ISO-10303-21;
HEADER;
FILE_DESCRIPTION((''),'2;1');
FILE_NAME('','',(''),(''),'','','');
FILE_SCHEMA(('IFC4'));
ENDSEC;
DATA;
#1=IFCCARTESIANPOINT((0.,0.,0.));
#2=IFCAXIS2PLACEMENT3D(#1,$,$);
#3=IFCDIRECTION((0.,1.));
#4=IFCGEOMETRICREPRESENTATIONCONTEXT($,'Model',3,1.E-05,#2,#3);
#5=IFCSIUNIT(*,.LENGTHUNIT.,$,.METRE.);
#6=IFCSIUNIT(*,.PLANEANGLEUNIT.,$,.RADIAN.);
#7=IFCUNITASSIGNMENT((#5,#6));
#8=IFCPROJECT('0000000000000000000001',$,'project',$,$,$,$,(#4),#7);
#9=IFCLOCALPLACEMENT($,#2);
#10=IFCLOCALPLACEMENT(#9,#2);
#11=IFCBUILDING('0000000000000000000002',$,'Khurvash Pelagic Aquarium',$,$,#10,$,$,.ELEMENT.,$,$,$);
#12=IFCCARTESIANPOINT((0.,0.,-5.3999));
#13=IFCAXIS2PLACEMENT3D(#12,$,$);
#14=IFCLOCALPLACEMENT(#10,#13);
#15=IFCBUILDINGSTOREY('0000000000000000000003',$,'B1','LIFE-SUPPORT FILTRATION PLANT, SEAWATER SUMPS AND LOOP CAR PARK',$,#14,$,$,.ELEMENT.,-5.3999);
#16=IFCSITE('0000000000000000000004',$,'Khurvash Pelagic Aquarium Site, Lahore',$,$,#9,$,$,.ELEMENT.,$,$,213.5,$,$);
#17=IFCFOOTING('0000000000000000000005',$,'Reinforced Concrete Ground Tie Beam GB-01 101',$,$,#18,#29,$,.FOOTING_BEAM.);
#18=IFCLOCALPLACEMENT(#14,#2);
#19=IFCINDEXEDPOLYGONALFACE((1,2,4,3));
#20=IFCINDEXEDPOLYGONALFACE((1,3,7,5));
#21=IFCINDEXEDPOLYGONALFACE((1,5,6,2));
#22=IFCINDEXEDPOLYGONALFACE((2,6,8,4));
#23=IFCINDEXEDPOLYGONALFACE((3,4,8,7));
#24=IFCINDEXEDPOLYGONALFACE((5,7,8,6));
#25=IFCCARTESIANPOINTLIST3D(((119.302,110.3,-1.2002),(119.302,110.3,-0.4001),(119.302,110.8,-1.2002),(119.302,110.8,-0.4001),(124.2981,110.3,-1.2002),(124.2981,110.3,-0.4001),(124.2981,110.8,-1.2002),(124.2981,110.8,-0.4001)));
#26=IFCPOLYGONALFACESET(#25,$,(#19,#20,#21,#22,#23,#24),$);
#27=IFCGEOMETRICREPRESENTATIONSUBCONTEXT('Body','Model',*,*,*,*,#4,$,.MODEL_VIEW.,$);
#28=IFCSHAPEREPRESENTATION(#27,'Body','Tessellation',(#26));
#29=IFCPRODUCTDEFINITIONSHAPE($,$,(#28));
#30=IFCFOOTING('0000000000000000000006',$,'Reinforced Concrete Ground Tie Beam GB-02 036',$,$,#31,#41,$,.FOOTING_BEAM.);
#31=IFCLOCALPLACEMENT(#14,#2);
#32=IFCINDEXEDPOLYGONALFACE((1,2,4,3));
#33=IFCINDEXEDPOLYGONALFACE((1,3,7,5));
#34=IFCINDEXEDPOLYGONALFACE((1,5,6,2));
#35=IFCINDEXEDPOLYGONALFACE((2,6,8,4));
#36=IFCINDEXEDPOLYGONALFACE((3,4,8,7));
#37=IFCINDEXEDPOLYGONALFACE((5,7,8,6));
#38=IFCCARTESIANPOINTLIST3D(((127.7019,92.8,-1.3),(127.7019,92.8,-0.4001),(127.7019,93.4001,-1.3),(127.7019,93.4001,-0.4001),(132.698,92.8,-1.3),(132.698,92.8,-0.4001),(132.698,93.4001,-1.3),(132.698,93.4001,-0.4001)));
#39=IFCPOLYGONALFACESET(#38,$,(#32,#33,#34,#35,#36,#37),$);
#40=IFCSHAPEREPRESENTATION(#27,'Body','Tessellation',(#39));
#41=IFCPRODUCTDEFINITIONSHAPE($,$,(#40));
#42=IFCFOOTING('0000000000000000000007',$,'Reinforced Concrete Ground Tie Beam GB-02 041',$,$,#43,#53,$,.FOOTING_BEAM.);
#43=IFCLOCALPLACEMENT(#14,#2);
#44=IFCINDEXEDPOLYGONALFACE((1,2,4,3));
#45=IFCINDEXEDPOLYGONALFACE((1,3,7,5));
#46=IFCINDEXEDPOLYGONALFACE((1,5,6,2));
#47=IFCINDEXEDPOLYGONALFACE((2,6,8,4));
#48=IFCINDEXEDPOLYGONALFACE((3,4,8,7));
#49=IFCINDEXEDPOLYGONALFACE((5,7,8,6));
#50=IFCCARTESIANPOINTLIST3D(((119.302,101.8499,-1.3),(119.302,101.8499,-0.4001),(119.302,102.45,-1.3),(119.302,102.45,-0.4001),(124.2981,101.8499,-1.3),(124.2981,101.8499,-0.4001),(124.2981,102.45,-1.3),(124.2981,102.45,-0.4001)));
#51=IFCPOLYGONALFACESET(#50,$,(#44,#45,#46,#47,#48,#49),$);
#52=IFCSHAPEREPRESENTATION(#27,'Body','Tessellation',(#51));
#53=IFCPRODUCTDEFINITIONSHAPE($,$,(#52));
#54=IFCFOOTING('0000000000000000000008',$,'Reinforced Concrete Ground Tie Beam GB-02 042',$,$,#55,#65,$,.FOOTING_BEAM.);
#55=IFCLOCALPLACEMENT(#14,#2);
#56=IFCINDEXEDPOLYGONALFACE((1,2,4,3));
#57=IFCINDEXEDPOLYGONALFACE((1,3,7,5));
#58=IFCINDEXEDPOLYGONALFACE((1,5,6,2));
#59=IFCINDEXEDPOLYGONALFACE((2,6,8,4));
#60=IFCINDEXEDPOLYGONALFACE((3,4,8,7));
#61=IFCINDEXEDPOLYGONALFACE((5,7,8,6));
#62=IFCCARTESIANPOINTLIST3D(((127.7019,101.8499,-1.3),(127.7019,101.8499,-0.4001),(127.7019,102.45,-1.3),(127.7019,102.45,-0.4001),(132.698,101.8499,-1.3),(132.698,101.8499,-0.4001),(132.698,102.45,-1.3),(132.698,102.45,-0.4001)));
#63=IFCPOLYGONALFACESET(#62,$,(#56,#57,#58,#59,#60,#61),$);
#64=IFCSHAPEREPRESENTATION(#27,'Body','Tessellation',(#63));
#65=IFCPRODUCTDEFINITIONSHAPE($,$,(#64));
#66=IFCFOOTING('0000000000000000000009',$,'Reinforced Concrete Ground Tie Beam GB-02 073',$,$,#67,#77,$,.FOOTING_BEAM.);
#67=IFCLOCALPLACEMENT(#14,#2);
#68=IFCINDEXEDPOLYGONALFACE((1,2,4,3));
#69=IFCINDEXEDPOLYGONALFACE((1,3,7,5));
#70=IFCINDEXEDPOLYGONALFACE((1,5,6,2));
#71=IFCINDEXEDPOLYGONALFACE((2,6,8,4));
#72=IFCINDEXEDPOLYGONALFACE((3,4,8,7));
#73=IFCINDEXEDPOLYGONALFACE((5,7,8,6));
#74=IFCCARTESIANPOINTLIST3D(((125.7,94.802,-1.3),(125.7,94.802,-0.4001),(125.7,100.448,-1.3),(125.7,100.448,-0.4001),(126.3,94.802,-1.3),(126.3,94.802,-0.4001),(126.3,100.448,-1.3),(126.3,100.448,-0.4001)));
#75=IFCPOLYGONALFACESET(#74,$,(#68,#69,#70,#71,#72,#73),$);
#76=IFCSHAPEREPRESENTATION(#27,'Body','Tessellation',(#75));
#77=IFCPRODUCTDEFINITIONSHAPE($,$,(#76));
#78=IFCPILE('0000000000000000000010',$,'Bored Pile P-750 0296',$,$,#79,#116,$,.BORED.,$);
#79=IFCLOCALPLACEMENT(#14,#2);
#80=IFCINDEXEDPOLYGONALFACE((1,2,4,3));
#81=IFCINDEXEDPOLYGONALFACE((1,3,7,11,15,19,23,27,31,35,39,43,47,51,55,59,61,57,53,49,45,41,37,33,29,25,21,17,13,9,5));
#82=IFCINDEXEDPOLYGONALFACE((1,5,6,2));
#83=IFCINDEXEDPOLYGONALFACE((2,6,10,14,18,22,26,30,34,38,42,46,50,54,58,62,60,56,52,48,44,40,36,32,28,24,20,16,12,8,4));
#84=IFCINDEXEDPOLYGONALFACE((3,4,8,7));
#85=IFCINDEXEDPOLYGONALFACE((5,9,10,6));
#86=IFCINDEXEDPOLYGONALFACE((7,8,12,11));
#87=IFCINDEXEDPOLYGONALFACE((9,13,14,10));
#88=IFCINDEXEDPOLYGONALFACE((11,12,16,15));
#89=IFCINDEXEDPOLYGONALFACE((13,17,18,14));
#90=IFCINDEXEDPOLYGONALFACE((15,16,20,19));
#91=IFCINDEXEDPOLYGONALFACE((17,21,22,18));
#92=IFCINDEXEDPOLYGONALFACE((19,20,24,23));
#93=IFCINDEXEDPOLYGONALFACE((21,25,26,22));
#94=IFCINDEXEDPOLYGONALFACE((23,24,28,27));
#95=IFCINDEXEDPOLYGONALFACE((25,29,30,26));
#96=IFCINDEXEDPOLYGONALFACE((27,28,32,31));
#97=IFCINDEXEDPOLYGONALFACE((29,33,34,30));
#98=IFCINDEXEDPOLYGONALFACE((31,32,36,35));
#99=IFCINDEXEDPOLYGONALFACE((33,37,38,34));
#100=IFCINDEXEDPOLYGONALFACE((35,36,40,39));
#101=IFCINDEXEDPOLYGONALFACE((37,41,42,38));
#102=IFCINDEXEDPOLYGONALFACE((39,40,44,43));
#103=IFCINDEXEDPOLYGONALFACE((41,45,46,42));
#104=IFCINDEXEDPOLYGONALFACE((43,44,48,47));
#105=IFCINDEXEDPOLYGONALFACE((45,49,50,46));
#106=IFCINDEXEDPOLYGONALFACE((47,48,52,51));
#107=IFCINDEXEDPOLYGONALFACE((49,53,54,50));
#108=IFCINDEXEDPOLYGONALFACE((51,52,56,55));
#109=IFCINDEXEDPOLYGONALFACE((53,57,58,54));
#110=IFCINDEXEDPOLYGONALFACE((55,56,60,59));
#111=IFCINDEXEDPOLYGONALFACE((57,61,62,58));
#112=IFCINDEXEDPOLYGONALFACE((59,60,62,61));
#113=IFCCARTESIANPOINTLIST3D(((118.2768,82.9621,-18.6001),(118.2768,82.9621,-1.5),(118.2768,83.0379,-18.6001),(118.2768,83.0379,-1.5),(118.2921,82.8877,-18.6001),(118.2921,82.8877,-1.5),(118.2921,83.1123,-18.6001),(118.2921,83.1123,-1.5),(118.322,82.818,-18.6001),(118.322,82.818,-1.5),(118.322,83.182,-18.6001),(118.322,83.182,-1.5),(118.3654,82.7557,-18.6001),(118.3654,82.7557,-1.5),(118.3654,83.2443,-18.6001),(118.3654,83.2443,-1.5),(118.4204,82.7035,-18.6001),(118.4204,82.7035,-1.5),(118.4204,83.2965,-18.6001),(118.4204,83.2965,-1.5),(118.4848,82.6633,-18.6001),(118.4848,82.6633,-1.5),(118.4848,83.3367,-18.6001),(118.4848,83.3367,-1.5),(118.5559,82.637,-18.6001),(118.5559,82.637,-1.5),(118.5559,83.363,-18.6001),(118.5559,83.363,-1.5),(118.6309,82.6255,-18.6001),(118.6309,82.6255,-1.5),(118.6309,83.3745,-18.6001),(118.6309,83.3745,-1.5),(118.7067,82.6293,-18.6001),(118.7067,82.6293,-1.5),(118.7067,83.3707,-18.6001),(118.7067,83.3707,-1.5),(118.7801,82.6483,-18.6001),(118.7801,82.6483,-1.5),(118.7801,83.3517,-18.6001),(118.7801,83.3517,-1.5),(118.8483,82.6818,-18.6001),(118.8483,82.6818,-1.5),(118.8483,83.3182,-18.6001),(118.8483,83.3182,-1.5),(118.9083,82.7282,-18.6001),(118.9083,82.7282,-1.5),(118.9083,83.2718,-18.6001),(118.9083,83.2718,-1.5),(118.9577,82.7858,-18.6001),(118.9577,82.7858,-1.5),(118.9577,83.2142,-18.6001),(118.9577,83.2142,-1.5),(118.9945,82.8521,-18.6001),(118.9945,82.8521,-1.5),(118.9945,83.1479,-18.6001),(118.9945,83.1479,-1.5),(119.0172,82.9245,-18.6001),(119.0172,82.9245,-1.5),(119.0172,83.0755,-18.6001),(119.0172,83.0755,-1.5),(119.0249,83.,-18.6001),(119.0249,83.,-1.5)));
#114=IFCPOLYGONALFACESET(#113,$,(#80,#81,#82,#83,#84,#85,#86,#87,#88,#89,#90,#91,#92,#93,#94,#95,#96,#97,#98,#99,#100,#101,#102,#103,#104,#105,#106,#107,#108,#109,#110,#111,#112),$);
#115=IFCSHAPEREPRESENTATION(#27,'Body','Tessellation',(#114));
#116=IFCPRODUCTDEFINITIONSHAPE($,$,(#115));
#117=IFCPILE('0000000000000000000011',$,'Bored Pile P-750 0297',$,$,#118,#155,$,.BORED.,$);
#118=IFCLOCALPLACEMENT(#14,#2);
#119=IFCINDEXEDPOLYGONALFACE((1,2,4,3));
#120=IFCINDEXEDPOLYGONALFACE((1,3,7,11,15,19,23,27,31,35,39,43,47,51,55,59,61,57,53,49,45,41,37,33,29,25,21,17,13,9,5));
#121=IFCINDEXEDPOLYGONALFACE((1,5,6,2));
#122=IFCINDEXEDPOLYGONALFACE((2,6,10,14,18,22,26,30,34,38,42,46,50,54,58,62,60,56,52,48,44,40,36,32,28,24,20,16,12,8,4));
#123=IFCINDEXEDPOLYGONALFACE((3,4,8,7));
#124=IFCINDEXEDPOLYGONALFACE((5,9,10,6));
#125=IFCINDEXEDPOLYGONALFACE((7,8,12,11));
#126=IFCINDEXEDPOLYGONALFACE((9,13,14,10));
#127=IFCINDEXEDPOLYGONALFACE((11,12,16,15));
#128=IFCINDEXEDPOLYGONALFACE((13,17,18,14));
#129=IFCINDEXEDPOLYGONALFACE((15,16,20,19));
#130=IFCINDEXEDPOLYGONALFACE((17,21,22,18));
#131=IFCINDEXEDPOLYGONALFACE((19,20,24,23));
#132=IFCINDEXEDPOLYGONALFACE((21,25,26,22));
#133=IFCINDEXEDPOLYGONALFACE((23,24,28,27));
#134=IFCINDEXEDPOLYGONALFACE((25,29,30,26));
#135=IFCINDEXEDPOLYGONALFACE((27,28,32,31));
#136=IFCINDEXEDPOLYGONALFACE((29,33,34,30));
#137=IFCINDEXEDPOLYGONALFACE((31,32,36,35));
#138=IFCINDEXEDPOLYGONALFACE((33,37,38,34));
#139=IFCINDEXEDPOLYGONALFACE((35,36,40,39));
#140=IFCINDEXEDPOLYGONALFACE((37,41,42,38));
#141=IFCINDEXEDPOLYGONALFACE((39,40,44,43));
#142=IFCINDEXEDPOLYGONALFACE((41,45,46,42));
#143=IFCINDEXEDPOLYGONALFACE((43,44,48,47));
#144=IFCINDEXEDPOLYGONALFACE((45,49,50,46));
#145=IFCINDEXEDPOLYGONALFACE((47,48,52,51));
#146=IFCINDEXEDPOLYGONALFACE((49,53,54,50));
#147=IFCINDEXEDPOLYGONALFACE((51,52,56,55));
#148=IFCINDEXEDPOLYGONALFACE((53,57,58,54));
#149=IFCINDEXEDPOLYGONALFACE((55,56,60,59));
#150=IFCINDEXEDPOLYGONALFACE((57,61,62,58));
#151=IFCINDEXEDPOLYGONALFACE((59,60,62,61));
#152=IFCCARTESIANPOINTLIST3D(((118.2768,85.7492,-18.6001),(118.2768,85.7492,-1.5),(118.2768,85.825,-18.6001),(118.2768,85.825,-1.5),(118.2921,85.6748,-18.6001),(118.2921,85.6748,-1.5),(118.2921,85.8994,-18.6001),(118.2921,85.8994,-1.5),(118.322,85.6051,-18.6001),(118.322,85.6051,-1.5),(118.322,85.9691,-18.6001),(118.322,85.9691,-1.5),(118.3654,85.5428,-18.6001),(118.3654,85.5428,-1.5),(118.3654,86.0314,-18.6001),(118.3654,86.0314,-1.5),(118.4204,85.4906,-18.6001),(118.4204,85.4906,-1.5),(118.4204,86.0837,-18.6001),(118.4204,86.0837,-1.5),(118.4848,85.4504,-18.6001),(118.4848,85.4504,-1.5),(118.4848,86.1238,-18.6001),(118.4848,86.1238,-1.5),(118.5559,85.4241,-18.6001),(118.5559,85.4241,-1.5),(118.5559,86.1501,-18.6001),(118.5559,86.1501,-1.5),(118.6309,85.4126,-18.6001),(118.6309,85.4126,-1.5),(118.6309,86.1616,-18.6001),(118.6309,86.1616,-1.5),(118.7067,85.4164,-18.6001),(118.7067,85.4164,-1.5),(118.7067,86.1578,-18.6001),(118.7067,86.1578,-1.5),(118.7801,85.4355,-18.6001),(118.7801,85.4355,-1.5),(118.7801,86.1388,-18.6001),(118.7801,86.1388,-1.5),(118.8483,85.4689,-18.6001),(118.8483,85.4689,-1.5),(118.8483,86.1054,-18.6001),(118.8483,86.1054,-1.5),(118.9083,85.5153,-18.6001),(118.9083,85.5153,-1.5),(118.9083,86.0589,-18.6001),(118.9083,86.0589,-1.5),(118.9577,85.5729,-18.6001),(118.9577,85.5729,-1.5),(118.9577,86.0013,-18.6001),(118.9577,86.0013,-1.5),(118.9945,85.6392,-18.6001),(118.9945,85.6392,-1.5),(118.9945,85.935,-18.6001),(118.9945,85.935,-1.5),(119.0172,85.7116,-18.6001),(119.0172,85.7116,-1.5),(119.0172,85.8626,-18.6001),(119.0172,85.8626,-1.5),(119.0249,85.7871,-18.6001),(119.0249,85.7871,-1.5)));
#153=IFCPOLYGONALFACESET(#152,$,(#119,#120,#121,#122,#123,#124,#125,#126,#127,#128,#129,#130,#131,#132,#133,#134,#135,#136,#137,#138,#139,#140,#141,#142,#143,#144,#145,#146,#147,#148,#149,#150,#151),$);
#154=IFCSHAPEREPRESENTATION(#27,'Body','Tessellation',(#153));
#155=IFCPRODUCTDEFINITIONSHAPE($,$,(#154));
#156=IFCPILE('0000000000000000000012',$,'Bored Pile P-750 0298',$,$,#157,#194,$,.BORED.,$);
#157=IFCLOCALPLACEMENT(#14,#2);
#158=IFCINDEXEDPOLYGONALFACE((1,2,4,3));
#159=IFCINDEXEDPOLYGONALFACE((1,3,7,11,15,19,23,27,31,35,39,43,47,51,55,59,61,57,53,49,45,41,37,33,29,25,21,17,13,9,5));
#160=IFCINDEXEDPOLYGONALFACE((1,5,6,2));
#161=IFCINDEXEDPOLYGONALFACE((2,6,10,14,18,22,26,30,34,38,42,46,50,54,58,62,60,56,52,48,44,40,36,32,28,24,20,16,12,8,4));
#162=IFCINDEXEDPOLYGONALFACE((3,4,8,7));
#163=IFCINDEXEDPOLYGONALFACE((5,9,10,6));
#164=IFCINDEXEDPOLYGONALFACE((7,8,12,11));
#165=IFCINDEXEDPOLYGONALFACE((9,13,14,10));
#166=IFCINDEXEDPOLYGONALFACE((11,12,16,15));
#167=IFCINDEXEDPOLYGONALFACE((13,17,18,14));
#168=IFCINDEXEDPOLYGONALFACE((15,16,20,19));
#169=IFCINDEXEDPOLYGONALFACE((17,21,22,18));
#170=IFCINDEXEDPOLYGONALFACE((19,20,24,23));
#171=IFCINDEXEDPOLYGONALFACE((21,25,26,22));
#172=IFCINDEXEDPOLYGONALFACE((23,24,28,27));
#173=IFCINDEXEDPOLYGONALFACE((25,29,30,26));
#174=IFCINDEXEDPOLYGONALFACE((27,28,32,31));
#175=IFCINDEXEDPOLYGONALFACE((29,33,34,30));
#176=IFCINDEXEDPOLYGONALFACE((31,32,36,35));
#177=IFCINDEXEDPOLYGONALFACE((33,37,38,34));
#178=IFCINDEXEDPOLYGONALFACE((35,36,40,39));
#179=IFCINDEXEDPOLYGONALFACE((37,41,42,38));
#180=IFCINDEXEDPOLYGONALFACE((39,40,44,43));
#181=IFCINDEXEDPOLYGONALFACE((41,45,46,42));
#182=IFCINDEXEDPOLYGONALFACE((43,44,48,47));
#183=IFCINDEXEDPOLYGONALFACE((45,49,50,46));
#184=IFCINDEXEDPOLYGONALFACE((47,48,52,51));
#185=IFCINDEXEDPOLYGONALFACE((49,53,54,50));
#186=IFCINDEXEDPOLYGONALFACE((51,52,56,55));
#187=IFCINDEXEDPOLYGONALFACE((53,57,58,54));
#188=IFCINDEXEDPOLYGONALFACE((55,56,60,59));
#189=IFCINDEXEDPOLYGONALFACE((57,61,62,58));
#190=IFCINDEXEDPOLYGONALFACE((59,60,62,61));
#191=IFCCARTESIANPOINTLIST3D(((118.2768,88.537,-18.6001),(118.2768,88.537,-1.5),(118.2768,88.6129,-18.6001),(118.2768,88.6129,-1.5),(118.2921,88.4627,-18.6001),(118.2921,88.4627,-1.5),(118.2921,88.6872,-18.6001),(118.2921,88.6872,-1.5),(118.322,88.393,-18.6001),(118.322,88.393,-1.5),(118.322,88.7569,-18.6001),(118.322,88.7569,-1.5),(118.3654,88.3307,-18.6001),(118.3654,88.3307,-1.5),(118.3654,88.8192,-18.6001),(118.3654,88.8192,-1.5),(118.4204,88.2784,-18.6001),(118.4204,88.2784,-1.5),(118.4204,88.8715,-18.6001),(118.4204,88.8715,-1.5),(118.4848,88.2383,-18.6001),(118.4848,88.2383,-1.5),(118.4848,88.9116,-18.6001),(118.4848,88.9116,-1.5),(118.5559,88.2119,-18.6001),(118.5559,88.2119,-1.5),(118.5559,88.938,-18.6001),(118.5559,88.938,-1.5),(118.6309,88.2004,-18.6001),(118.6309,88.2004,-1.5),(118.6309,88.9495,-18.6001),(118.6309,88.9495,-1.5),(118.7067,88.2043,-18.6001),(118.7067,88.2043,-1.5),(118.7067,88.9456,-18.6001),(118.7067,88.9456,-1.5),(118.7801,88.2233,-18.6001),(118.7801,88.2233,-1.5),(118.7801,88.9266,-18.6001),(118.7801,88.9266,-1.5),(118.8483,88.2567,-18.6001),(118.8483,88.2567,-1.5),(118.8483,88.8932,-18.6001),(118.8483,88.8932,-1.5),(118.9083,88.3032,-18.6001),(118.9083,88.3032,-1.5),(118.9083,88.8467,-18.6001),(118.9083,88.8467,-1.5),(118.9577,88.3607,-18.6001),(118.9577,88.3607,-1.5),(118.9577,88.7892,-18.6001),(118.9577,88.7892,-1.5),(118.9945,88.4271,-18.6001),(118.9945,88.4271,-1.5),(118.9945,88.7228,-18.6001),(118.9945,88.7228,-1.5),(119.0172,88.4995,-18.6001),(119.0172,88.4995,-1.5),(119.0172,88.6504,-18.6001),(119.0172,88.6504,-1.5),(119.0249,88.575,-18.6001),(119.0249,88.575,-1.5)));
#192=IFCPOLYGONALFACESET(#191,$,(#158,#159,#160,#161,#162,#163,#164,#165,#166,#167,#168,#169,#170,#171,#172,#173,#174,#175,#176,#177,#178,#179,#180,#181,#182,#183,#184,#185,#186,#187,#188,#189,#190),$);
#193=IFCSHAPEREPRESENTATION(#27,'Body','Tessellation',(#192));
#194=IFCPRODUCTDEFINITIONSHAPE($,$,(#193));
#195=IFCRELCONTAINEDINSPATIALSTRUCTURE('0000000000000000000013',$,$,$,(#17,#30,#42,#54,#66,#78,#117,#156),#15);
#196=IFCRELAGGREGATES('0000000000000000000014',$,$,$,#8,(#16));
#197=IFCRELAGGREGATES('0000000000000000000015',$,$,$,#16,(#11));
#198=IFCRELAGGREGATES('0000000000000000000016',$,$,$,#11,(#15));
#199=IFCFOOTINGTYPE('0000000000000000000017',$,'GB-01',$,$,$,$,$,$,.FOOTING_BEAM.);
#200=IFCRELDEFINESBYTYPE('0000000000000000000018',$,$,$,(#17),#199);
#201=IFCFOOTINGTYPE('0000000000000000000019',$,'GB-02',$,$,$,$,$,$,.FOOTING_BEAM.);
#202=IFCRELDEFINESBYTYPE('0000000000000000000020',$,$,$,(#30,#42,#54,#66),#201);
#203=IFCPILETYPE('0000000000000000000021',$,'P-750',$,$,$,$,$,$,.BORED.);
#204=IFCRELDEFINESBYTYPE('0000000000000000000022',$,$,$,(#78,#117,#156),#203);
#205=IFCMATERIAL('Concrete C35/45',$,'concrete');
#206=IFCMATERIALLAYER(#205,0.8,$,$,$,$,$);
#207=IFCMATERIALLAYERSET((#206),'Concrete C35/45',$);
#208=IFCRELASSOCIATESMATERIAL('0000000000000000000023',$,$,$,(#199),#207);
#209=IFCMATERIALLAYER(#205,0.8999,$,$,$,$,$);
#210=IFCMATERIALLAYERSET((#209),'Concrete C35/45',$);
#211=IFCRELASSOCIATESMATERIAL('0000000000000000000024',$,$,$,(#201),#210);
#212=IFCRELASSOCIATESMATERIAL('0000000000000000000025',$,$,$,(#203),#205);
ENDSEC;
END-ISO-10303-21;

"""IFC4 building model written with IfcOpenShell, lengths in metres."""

from ifc_helpers import new_model, si_unit, direction, frame, origin, origin_2d, place, context, subcontext, project, spatial, rectangle, circle, extrude, material, layer, layer_set, material_profile, profile_set, type_object, element, save


model = new_model("IFC4")

# Units and contexts
model_context = context("Model", 3, precision=1e-05, world=origin(), true_north=direction((0.0, 1.0)))
body_context = subcontext(model_context, "Body", "Model", "MODEL_VIEW")
ifc_project = project(units=[si_unit("LENGTHUNIT", "METRE"), si_unit("PLANEANGLEUNIT", "RADIAN")], contexts=[model_context])

# Site, building, storey
site_placement = place(None, origin())
site = spatial("IfcSite", under=ifc_project, at=site_placement, Name="Khurvash Pelagic Aquarium Site, Lahore", CompositionType="ELEMENT", RefElevation=213.5)
building_placement = place(site_placement, origin())
building = spatial("IfcBuilding", under=site, at=building_placement, Name="Khurvash Pelagic Aquarium", CompositionType="ELEMENT")
storey_placement = place(building_placement, frame((0.0, 0.0, -5.3999)))
storey = spatial("IfcBuildingStorey", under=building, at=storey_placement, Name="B1", Description="LIFE-SUPPORT FILTRATION PLANT, SEAWATER SUMPS AND LOOP CAR PARK", CompositionType="ELEMENT", Elevation=-5.3999)

# Footings
ifc_material_1 = material(Name="Concrete C35/45", Category="concrete")
ifc_layer_1 = layer(ifc_material_1, 0.8)
ifc_layer_set_1 = layer_set([ifc_layer_1], Name="Concrete C35/45")
footing_type_1 = type_object("IfcFootingType", Name="GB-01", PredefinedType="FOOTING_BEAM", material=ifc_layer_set_1)
footing_1_placement = place(storey_placement, frame((121.8, 110.55, -1.2002), z_axis=(0.0, 0.0, 1.0), x_axis=(1.0, 0.0, 0.0)))
element("IfcFooting", 1, at=footing_1_placement, inside=storey, type_object=footing_type_1, Name="Reinforced Concrete Ground Tie Beam GB-01 101", PredefinedType="FOOTING_BEAM", context=body_context, shape_type="SweptSolid", body=[
    extrude(rectangle(XDim=4.9961, YDim=0.5, at=origin_2d()), origin(), (0.0, 0.0, 1.0), 0.8),
])
ifc_layer_2 = layer(ifc_material_1, 0.8999)
ifc_layer_set_2 = layer_set([ifc_layer_2], Name="Concrete C35/45")
footing_type_2 = type_object("IfcFootingType", Name="GB-02", PredefinedType="FOOTING_BEAM", material=ifc_layer_set_2)
for number, where, z_axis, x_axis, name in (
    (2, (130.2, 93.1001, -1.3), (0.0, 0.0, 1.0), (1.0, 0.0, 0.0), "Reinforced Concrete Ground Tie Beam GB-02 036"),
    (3, (121.8, 102.1499, -1.3), (0.0, 0.0, 1.0), (1.0, 0.0, 0.0), "Reinforced Concrete Ground Tie Beam GB-02 041"),
    (4, (130.2, 102.1499, -1.3), (0.0, 0.0, 1.0), (1.0, 0.0, 0.0), "Reinforced Concrete Ground Tie Beam GB-02 042"),
):
    element("IfcFooting", number, at=place(storey_placement, frame(where, z_axis=z_axis, x_axis=x_axis)), inside=storey, type_object=footing_type_2, Name=name, PredefinedType="FOOTING_BEAM", context=body_context, shape_type="SweptSolid", body=[
        extrude(rectangle(XDim=4.9961, YDim=0.6001, at=origin_2d()), origin(), (0.0, 0.0, 1.0), 0.8999),
    ])
footing_2_placement = place(storey_placement, frame((126.0, 97.625, -1.3), z_axis=(0.0, 0.0, 1.0), x_axis=(0.0, 1.0, 0.0)))
element("IfcFooting", 5, at=footing_2_placement, inside=storey, type_object=footing_type_2, Name="Reinforced Concrete Ground Tie Beam GB-02 073", PredefinedType="FOOTING_BEAM", context=body_context, shape_type="SweptSolid", body=[
    extrude(rectangle(XDim=5.646, YDim=0.6001, at=origin_2d()), origin(), (0.0, 0.0, 1.0), 0.8999),
])

# Piles
ifc_material_profile_1 = material_profile(ifc_material_1, circle(Radius=0.375, at=origin_2d()), Name="PILE750")
ifc_profile_set_1 = profile_set([ifc_material_profile_1], Name="Concrete C35/45")
pile_type_1 = type_object("IfcPileType", Name="P-750", PredefinedType="BORED", material=ifc_profile_set_1)
for number, where, z_axis, x_axis, name in (
    (6, (118.6499, 83.0, -1.5), (0.0, 0.0, -1.0), (1.0, 0.0, 0.0), "Bored Pile P-750 0296"),
    (7, (118.6499, 85.7871, -1.5), (0.0, 0.0, -1.0), (1.0, 0.0, 0.0), "Bored Pile P-750 0297"),
    (8, (118.6499, 88.575, -1.5), (0.0, 0.0, -1.0), (1.0, 0.0, 0.0), "Bored Pile P-750 0298"),
):
    element("IfcPile", number, at=place(storey_placement, frame(where, z_axis=z_axis, x_axis=x_axis)), inside=storey, type_object=pile_type_1, Name=name, PredefinedType="BORED", context=body_context, shape_type="SweptSolid", body=[
        extrude(circle(Radius=0.375, at=origin_2d()), origin(), (0.0, 0.0, 1.0), 17.1001),
    ])

save(model, "model.ifc")
